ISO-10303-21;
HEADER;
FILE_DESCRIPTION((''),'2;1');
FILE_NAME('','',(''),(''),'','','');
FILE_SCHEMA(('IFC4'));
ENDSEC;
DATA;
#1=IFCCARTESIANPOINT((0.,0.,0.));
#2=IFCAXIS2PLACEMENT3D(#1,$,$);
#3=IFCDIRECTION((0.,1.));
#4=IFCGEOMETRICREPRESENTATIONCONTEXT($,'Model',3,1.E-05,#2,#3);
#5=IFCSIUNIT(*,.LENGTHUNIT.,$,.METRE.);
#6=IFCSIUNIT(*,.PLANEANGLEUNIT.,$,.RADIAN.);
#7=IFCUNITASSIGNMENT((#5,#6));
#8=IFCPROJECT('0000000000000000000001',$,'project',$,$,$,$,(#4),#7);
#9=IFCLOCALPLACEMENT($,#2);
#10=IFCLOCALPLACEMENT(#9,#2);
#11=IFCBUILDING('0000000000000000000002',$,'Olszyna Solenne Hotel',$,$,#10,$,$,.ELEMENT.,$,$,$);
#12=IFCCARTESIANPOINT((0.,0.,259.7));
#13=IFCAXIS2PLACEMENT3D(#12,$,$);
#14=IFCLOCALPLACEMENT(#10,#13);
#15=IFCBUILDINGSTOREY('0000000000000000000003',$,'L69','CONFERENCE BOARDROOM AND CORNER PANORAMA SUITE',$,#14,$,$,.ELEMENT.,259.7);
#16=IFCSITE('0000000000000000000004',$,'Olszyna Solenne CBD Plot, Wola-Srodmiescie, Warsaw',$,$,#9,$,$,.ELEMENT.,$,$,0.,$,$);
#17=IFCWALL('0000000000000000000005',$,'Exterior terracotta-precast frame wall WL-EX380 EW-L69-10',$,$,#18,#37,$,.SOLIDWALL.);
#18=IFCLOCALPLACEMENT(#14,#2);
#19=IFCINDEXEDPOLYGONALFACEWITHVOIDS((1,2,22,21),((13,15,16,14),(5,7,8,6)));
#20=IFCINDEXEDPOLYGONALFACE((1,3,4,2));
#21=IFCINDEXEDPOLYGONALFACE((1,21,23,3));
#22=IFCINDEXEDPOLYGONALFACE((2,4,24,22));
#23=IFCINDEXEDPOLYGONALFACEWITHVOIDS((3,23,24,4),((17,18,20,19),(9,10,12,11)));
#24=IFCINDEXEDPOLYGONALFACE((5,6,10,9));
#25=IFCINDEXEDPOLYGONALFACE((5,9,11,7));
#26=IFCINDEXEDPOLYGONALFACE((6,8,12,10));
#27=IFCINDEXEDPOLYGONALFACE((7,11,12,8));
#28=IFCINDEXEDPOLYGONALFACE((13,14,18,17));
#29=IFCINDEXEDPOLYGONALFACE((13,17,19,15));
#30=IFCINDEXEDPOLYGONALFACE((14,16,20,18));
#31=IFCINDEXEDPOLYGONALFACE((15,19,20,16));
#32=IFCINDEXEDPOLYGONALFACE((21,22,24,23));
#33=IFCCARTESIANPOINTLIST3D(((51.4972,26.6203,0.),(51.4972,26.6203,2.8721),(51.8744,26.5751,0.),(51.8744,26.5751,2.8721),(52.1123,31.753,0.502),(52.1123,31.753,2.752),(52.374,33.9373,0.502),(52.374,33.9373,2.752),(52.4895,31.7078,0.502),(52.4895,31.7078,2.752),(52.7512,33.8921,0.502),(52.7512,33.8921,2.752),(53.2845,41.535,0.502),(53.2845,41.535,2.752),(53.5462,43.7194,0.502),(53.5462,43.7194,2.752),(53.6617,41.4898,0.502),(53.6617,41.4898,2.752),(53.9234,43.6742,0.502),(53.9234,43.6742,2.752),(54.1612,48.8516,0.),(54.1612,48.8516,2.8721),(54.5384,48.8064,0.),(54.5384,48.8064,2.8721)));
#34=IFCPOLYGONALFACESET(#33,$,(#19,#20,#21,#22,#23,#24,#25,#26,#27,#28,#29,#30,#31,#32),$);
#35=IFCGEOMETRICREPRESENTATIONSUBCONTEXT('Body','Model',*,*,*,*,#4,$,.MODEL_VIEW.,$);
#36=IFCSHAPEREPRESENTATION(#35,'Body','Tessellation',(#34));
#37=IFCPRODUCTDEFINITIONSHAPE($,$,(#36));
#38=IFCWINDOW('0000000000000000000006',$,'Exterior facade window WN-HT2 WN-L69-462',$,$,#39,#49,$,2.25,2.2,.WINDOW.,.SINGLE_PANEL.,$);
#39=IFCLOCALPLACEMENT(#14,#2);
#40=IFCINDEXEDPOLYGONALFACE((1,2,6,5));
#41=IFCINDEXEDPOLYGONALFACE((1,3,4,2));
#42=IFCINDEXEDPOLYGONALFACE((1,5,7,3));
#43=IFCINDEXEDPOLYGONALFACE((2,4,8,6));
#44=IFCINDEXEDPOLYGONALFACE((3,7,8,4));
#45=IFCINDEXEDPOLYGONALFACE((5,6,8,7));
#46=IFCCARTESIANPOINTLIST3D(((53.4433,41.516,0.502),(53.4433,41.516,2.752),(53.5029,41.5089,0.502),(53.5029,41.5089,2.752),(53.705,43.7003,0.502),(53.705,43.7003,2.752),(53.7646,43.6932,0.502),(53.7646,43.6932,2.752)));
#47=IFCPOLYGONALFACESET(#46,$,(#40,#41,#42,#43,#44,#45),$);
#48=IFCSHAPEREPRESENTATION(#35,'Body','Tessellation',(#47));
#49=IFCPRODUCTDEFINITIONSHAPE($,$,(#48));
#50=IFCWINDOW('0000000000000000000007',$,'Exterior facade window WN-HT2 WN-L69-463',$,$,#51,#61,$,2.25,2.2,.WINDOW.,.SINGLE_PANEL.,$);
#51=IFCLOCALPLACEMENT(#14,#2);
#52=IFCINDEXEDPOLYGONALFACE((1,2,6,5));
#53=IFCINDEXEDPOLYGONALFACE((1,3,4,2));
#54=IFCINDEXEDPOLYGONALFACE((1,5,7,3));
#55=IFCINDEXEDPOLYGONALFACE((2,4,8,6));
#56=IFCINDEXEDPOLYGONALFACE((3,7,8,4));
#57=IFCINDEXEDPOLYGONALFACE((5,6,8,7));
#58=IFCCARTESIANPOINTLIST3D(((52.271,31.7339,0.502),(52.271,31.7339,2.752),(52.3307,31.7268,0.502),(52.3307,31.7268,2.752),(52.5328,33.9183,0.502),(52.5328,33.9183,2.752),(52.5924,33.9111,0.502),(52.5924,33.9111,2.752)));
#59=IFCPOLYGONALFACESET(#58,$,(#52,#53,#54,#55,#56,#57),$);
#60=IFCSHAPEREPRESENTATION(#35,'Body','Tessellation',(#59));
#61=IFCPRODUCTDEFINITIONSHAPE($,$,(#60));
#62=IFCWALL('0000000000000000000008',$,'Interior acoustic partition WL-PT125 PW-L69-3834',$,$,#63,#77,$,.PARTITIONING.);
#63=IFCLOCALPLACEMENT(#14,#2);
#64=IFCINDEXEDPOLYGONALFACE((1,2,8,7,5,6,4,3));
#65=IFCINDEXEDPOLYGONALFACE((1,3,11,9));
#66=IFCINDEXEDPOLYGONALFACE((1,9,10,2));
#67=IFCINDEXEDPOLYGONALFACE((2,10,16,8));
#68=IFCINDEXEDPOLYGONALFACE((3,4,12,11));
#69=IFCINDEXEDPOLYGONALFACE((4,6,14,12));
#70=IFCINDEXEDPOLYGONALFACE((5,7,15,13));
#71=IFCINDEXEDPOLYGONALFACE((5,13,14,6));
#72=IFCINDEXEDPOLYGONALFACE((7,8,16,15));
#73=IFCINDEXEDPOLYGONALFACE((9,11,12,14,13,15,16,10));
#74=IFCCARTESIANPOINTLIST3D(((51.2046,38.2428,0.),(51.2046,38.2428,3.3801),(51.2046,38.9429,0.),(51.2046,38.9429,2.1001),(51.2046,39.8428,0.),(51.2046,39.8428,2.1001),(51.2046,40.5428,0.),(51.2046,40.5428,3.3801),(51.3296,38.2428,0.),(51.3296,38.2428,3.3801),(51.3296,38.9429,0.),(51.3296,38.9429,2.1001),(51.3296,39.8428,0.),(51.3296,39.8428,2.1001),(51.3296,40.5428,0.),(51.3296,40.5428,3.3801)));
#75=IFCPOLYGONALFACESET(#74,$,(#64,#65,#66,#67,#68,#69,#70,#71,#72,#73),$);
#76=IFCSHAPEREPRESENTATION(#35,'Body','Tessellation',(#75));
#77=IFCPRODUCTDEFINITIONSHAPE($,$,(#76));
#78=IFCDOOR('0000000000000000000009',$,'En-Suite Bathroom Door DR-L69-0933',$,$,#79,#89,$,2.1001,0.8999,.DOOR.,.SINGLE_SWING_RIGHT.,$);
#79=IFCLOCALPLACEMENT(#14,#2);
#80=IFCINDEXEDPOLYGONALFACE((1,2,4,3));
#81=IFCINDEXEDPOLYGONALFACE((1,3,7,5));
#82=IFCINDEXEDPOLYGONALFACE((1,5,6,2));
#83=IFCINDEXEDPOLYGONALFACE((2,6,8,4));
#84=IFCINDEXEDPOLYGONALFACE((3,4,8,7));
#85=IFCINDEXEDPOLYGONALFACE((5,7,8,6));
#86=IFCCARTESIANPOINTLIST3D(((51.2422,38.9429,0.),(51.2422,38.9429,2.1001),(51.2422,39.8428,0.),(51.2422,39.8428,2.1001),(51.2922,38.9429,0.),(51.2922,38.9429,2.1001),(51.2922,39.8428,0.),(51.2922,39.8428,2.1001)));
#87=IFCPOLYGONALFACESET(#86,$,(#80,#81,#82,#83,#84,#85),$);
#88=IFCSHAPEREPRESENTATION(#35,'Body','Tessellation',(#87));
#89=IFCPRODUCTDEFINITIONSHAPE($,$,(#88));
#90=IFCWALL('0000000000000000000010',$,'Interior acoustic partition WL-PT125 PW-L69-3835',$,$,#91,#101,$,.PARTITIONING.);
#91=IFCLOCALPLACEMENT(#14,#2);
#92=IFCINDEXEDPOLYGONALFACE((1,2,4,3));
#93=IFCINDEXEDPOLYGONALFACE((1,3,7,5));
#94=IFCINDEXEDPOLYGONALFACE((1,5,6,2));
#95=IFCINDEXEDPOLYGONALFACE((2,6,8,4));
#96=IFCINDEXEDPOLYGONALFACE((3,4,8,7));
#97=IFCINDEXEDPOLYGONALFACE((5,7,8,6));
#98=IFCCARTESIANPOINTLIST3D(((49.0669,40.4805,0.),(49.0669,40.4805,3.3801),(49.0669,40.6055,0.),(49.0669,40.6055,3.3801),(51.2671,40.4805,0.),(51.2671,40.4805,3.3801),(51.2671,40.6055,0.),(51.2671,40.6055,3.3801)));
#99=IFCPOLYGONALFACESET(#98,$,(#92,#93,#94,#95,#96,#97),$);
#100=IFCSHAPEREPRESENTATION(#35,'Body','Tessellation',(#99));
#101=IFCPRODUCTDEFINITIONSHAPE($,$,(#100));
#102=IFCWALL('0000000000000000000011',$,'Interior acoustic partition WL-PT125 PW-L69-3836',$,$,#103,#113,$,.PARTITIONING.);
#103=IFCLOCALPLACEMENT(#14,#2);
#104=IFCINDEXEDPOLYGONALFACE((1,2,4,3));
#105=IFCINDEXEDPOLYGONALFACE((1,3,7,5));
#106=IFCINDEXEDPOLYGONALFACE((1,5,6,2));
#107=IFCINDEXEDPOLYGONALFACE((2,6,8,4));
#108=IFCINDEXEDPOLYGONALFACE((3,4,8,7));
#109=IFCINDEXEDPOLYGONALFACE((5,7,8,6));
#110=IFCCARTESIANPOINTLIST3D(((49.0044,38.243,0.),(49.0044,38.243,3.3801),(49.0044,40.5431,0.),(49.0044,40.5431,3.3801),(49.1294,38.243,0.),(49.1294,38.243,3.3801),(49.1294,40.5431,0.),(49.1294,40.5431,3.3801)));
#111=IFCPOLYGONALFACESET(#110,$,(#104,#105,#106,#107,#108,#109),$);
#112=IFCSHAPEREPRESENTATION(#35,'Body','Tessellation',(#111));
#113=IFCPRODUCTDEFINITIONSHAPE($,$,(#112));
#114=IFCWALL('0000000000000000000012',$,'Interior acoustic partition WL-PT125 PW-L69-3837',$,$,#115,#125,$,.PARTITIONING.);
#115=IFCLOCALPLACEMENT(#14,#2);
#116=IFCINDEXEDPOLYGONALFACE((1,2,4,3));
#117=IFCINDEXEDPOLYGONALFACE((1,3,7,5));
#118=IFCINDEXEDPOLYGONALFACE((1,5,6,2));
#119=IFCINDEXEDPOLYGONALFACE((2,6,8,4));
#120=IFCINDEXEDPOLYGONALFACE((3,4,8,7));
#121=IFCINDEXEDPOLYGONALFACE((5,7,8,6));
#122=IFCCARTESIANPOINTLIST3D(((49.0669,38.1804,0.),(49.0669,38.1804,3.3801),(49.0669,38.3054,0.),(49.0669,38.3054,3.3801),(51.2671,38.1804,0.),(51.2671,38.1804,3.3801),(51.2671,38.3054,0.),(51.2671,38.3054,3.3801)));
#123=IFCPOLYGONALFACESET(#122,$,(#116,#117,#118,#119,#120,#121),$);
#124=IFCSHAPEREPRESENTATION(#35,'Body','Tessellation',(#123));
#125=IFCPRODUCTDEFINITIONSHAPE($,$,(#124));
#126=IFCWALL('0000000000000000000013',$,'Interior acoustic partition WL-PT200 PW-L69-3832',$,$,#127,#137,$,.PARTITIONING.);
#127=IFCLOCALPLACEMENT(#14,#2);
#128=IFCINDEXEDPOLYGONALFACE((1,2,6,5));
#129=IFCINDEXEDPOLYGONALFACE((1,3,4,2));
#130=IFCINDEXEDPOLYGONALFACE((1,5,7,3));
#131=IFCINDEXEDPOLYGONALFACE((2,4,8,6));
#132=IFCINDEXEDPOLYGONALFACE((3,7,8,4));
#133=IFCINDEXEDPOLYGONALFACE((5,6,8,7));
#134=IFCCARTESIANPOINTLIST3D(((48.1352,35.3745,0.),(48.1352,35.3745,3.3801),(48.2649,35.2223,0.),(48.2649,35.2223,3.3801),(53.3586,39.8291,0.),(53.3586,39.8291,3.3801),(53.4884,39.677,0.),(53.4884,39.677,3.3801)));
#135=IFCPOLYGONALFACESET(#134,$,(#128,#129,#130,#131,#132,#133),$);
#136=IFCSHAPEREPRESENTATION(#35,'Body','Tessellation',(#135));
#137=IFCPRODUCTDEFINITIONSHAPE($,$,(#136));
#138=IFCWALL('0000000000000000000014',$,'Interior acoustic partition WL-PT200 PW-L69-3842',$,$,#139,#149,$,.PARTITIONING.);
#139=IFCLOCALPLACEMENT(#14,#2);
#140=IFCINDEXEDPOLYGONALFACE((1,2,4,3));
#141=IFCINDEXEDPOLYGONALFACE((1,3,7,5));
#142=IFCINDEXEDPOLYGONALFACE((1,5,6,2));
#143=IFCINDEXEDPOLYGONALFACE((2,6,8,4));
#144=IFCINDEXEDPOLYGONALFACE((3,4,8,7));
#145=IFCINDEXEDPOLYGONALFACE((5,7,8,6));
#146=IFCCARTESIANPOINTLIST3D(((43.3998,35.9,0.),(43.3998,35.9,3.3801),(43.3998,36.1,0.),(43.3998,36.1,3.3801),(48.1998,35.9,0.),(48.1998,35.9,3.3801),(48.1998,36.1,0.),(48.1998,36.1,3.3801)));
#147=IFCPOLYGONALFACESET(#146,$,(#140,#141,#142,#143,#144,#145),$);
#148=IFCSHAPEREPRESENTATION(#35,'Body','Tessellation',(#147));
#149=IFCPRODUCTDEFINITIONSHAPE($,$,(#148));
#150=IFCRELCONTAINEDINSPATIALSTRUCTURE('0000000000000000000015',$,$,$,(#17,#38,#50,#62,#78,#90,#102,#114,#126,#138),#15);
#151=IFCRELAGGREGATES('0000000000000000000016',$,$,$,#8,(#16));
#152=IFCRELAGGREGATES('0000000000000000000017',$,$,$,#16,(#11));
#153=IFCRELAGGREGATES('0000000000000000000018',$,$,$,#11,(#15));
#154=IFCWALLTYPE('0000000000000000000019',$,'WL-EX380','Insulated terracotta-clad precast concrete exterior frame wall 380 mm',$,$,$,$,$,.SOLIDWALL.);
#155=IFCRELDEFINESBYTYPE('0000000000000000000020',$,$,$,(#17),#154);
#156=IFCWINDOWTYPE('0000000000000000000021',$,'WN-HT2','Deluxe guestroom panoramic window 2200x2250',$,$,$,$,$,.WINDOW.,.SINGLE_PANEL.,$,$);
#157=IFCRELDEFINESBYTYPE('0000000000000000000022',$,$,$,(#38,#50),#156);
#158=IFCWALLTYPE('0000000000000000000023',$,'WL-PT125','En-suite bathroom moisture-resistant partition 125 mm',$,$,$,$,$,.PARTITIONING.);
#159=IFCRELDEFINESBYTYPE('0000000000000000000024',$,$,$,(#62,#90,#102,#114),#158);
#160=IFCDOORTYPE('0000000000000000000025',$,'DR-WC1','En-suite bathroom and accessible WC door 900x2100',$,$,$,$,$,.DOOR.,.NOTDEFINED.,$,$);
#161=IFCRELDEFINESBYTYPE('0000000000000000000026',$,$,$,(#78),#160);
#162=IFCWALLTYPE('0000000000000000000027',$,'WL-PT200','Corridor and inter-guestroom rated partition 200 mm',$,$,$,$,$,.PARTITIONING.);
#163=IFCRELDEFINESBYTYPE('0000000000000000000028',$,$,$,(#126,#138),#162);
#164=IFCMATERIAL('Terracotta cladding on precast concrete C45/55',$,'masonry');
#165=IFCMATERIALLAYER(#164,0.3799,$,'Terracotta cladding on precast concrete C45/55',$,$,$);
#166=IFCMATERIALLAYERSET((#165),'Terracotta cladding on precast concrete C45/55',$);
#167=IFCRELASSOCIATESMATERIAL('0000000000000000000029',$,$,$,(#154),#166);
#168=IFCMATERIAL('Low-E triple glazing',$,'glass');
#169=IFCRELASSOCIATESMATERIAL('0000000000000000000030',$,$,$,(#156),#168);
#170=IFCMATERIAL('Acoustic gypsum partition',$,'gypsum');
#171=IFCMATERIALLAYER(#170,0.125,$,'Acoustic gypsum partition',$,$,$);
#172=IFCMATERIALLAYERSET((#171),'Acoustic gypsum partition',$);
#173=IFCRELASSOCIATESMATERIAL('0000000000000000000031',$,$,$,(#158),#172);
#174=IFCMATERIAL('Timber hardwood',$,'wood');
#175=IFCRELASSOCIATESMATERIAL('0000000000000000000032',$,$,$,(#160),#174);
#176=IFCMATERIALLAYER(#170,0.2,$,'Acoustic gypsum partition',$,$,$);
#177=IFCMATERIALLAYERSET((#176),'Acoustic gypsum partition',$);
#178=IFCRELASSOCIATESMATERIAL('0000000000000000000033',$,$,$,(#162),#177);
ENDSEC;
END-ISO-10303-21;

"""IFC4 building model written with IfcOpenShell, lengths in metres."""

from ifc_helpers import new_model, si_unit, direction, frame, frame_2d, origin, place, context, subcontext, project, spatial, rectangle, extrude, source, transform, mapped, material, layer, layer_set, type_object, type_shapes, element, fill, save


model = new_model("IFC4")

# Units and contexts
model_context = context("Model", 3, precision=1e-05, world=origin(), true_north=direction((0.0, 1.0)))
body_context = subcontext(model_context, "Body", "Model", "MODEL_VIEW")
ifc_project = project(units=[si_unit("LENGTHUNIT", "METRE"), si_unit("PLANEANGLEUNIT", "RADIAN")], contexts=[model_context])

# Site, building, storey
site_placement = place(None, origin())
site = spatial("IfcSite", under=ifc_project, at=site_placement, Name="Olszyna Solenne CBD Plot, Wola-Srodmiescie, Warsaw", CompositionType="ELEMENT", RefElevation=0.0)
building_placement = place(site_placement, origin())
building = spatial("IfcBuilding", under=site, at=building_placement, Name="Olszyna Solenne Hotel", CompositionType="ELEMENT")
storey_placement = place(building_placement, frame((0.0, 0.0, 259.7)))
storey = spatial("IfcBuildingStorey", under=building, at=storey_placement, Name="L69", Description="CONFERENCE BOARDROOM AND CORNER PANORAMA SUITE", CompositionType="ELEMENT", Elevation=259.7)

# Shared definitions
ifc_material_1 = material(Name="Terracotta cladding on precast concrete C45/55", Category="masonry")
ifc_layer_1 = layer(ifc_material_1, 0.3799, Name="Terracotta cladding on precast concrete C45/55")
ifc_layer_set_1 = layer_set([ifc_layer_1], Name="Terracotta cladding on precast concrete C45/55")
wall_type_1 = type_object("IfcWallType", Name="WL-EX380", Description="Insulated terracotta-clad precast concrete exterior frame wall 380 mm", PredefinedType="SOLIDWALL", material=ifc_layer_set_1)

# Wall, openings, windows
wall_1_placement = place(storey_placement, frame((54.3499, 48.8291, 0.0), z_axis=(0.0, 0.0, 1.0), x_axis=(-0.118982, -0.992896, 0.0)))
wall_1 = element("IfcWall", 1, at=wall_1_placement, inside=storey, type_object=wall_type_1, Name="Exterior terracotta-precast frame wall WL-EX380 EW-L69-10", PredefinedType="SOLIDWALL", context=body_context, shape_type="SweptSolid", body=[
    extrude(rectangle(XDim=22.3904, YDim=0.3799, at=frame_2d((11.1953, 0.0))), origin(), (0.0, 0.0, 1.0), 2.8721),
])
opening_1_placement = place(wall_1_placement, frame((5.1689, 0.0, 0.502)))
opening_1 = element("IfcOpeningElement", 2, at=opening_1_placement, cuts=wall_1, PredefinedType="OPENING", context=body_context, shape_type="SweptSolid", body=[
    extrude(rectangle(XDim=2.2, YDim=2.25, at=frame_2d((1.1001, 1.125))), frame((0.0, 0.2, 0.0), z_axis=(0.0, -1.0, 0.0), x_axis=(1.0, 0.0, 0.0)), (0.0, 0.0, 1.0), 0.3999),
])
opening_2_placement = place(wall_1_placement, frame((15.021, 0.0, 0.502)))
opening_2 = element("IfcOpeningElement", 3, at=opening_2_placement, cuts=wall_1, PredefinedType="OPENING", context=body_context, shape_type="SweptSolid", body=[
    extrude(rectangle(XDim=2.2, YDim=2.25, at=frame_2d((1.1001, 1.125))), frame((0.0, 0.2, 0.0), z_axis=(0.0, -1.0, 0.0), x_axis=(1.0, 0.0, 0.0)), (0.0, 0.0, 1.0), 0.3999),
])
ifc_material_2 = material(Name="Low-E triple glazing", Category="glass")
window_type = type_object("IfcWindowType", Name="WN-HT2", Description="Deluxe guestroom panoramic window 2200x2250", PartitioningType="SINGLE_PANEL", PredefinedType="WINDOW", material=ifc_material_2)
shared_shape_1 = source(origin(), body_context, "Body", "SweptSolid", [
    extrude(rectangle(XDim=2.2, YDim=2.25, at=frame_2d((1.1001, 1.125))), frame((0.0, 0.03, 0.0), z_axis=(0.0, -1.0, 0.0), x_axis=(1.0, 0.0, 0.0)), (0.0, 0.0, 1.0), 0.0601),
])
type_shapes(window_type, [shared_shape_1])
window_1_placement = place(opening_1_placement, origin())
window_1 = element("IfcWindow", 4, at=window_1_placement, inside=storey, type_object=window_type, Name="Exterior facade window WN-HT2 WN-L69-462", OverallHeight=2.25, OverallWidth=2.2, PartitioningType="SINGLE_PANEL", PredefinedType="WINDOW", context=body_context, shape_type="MappedRepresentation", body=[
    mapped(shared_shape_1, transform((0.0, 0.0, 0.0), x_axis=(1.0, 0.0, 0.0), y_axis=(0.0, 1.0, 0.0), z_axis=(0.0, 0.0, 1.0), scale=1.0)),
])
fill(opening_1, window_1)
window_2_placement = place(opening_2_placement, origin())
window_2 = element("IfcWindow", 5, at=window_2_placement, inside=storey, type_object=window_type, Name="Exterior facade window WN-HT2 WN-L69-463", OverallHeight=2.25, OverallWidth=2.2, PartitioningType="SINGLE_PANEL", PredefinedType="WINDOW", context=body_context, shape_type="MappedRepresentation", body=[
    mapped(shared_shape_1, transform((0.0, 0.0, 0.0), x_axis=(1.0, 0.0, 0.0), y_axis=(0.0, 1.0, 0.0), z_axis=(0.0, 0.0, 1.0), scale=1.0)),
])
fill(opening_2, window_2)

# Wall, opening, door
ifc_material_3 = material(Name="Acoustic gypsum partition", Category="gypsum")
ifc_layer_2 = layer(ifc_material_3, 0.125, Name="Acoustic gypsum partition")
ifc_layer_set_2 = layer_set([ifc_layer_2], Name="Acoustic gypsum partition")
wall_type_2 = type_object("IfcWallType", Name="WL-PT125", Description="En-suite bathroom moisture-resistant partition 125 mm", PredefinedType="PARTITIONING", material=ifc_layer_set_2)
wall_2_placement = place(storey_placement, frame((51.2671, 38.2429, 0.0), z_axis=(0.0, 0.0, 1.0), x_axis=(0.0, 1.0, 0.0)))
wall_2 = element("IfcWall", 6, at=wall_2_placement, inside=storey, type_object=wall_type_2, Name="Interior acoustic partition WL-PT125 PW-L69-3834", PredefinedType="PARTITIONING", context=body_context, shape_type="SweptSolid", body=[
    extrude(rectangle(XDim=2.3, YDim=0.125, at=frame_2d((1.1499, 0.0))), origin(), (0.0, 0.0, 1.0), 3.3801),
])
opening_3_placement = place(wall_2_placement, frame((0.7, 0.0, 0.0)))
opening_3 = element("IfcOpeningElement", 7, at=opening_3_placement, cuts=wall_2, PredefinedType="OPENING", context=body_context, shape_type="SweptSolid", body=[
    extrude(rectangle(XDim=0.8999, YDim=2.1001, at=frame_2d((0.45, 1.05))), frame((0.0, 0.0725, 0.0), z_axis=(0.0, -1.0, 0.0), x_axis=(1.0, 0.0, 0.0)), (0.0, 0.0, 1.0), 0.145),
])
ifc_material_4 = material(Name="Timber hardwood", Category="wood")
door_type = type_object("IfcDoorType", Name="DR-WC1", Description="En-suite bathroom and accessible WC door 900x2100", OperationType="NOTDEFINED", PredefinedType="DOOR", material=ifc_material_4)
shared_shape_2 = source(origin(), body_context, "Body", "SweptSolid", [
    extrude(rectangle(XDim=0.8999, YDim=2.1001, at=frame_2d((0.45, 1.05))), frame((0.0, 0.0249, 0.0), z_axis=(0.0, -1.0, 0.0), x_axis=(1.0, 0.0, 0.0)), (0.0, 0.0, 1.0), 0.05),
])
type_shapes(door_type, [shared_shape_2])
door_placement = place(opening_3_placement, origin())
door = element("IfcDoor", 8, at=door_placement, inside=storey, type_object=door_type, Name="En-Suite Bathroom Door DR-L69-0933", OperationType="SINGLE_SWING_RIGHT", OverallHeight=2.1001, OverallWidth=0.8999, PredefinedType="DOOR", context=body_context, shape_type="MappedRepresentation", body=[
    mapped(shared_shape_2, transform((0.0, 0.0, 0.0), x_axis=(1.0, 0.0, 0.0), y_axis=(0.0, 1.0, 0.0), z_axis=(0.0, 0.0, 1.0), scale=1.0)),
])
fill(opening_3, door)

# Walls
wall_3_placement = place(storey_placement, frame((51.2671, 40.543, 0.0), z_axis=(0.0, 0.0, 1.0), x_axis=(-1.0, 0.0, 0.0)))
element("IfcWall", 9, at=wall_3_placement, inside=storey, type_object=wall_type_2, Name="Interior acoustic partition WL-PT125 PW-L69-3835", PredefinedType="PARTITIONING", context=body_context, shape_type="SweptSolid", body=[
    extrude(rectangle(XDim=2.2002, YDim=0.125, at=frame_2d((1.1001, 0.0))), origin(), (0.0, 0.0, 1.0), 3.3801),
])
wall_4_placement = place(storey_placement, frame((49.0669, 40.543, 0.0), z_axis=(0.0, 0.0, 1.0), x_axis=(0.0, -1.0, 0.0)))
element("IfcWall", 10, at=wall_4_placement, inside=storey, type_object=wall_type_2, Name="Interior acoustic partition WL-PT125 PW-L69-3836", PredefinedType="PARTITIONING", context=body_context, shape_type="SweptSolid", body=[
    extrude(rectangle(XDim=2.3, YDim=0.125, at=frame_2d((1.1499, 0.0))), origin(), (0.0, 0.0, 1.0), 3.3801),
])
wall_5_placement = place(storey_placement, frame((49.0669, 38.2429, 0.0), z_axis=(0.0, 0.0, 1.0), x_axis=(1.0, 0.0, 0.0)))
element("IfcWall", 11, at=wall_5_placement, inside=storey, type_object=wall_type_2, Name="Interior acoustic partition WL-PT125 PW-L69-3837", PredefinedType="PARTITIONING", context=body_context, shape_type="SweptSolid", body=[
    extrude(rectangle(XDim=2.2002, YDim=0.125, at=frame_2d((1.1001, 0.0))), origin(), (0.0, 0.0, 1.0), 3.3801),
])
ifc_layer_3 = layer(ifc_material_3, 0.2, Name="Acoustic gypsum partition")
ifc_layer_set_3 = layer_set([ifc_layer_3], Name="Acoustic gypsum partition")
wall_type_3 = type_object("IfcWallType", Name="WL-PT200", Description="Corridor and inter-guestroom rated partition 200 mm", PredefinedType="PARTITIONING", material=ifc_layer_set_3)
wall_6_placement = place(storey_placement, frame((48.2, 35.2983, 0.0), z_axis=(0.0, 0.0, 1.0), x_axis=(0.760881, 0.648892, 0.0)))
element("IfcWall", 12, at=wall_6_placement, inside=storey, type_object=wall_type_3, Name="Interior acoustic partition WL-PT200 PW-L69-3832", PredefinedType="PARTITIONING", context=body_context, shape_type="SweptSolid", body=[
    extrude(rectangle(XDim=6.865, YDim=0.2, at=frame_2d((3.4326, 0.0))), origin(), (0.0, 0.0, 1.0), 3.3801),
])
wall_7_placement = place(storey_placement, frame((43.3999, 36.0, 0.0), z_axis=(0.0, 0.0, 1.0), x_axis=(1.0, 0.0, 0.0)))
element("IfcWall", 13, at=wall_7_placement, inside=storey, type_object=wall_type_3, Name="Interior acoustic partition WL-PT200 PW-L69-3842", PredefinedType="PARTITIONING", context=body_context, shape_type="SweptSolid", body=[
    extrude(rectangle(XDim=4.8, YDim=0.2, at=frame_2d((2.3999, 0.0))), origin(), (0.0, 0.0, 1.0), 3.3801),
])

save(model, "model.ifc")
